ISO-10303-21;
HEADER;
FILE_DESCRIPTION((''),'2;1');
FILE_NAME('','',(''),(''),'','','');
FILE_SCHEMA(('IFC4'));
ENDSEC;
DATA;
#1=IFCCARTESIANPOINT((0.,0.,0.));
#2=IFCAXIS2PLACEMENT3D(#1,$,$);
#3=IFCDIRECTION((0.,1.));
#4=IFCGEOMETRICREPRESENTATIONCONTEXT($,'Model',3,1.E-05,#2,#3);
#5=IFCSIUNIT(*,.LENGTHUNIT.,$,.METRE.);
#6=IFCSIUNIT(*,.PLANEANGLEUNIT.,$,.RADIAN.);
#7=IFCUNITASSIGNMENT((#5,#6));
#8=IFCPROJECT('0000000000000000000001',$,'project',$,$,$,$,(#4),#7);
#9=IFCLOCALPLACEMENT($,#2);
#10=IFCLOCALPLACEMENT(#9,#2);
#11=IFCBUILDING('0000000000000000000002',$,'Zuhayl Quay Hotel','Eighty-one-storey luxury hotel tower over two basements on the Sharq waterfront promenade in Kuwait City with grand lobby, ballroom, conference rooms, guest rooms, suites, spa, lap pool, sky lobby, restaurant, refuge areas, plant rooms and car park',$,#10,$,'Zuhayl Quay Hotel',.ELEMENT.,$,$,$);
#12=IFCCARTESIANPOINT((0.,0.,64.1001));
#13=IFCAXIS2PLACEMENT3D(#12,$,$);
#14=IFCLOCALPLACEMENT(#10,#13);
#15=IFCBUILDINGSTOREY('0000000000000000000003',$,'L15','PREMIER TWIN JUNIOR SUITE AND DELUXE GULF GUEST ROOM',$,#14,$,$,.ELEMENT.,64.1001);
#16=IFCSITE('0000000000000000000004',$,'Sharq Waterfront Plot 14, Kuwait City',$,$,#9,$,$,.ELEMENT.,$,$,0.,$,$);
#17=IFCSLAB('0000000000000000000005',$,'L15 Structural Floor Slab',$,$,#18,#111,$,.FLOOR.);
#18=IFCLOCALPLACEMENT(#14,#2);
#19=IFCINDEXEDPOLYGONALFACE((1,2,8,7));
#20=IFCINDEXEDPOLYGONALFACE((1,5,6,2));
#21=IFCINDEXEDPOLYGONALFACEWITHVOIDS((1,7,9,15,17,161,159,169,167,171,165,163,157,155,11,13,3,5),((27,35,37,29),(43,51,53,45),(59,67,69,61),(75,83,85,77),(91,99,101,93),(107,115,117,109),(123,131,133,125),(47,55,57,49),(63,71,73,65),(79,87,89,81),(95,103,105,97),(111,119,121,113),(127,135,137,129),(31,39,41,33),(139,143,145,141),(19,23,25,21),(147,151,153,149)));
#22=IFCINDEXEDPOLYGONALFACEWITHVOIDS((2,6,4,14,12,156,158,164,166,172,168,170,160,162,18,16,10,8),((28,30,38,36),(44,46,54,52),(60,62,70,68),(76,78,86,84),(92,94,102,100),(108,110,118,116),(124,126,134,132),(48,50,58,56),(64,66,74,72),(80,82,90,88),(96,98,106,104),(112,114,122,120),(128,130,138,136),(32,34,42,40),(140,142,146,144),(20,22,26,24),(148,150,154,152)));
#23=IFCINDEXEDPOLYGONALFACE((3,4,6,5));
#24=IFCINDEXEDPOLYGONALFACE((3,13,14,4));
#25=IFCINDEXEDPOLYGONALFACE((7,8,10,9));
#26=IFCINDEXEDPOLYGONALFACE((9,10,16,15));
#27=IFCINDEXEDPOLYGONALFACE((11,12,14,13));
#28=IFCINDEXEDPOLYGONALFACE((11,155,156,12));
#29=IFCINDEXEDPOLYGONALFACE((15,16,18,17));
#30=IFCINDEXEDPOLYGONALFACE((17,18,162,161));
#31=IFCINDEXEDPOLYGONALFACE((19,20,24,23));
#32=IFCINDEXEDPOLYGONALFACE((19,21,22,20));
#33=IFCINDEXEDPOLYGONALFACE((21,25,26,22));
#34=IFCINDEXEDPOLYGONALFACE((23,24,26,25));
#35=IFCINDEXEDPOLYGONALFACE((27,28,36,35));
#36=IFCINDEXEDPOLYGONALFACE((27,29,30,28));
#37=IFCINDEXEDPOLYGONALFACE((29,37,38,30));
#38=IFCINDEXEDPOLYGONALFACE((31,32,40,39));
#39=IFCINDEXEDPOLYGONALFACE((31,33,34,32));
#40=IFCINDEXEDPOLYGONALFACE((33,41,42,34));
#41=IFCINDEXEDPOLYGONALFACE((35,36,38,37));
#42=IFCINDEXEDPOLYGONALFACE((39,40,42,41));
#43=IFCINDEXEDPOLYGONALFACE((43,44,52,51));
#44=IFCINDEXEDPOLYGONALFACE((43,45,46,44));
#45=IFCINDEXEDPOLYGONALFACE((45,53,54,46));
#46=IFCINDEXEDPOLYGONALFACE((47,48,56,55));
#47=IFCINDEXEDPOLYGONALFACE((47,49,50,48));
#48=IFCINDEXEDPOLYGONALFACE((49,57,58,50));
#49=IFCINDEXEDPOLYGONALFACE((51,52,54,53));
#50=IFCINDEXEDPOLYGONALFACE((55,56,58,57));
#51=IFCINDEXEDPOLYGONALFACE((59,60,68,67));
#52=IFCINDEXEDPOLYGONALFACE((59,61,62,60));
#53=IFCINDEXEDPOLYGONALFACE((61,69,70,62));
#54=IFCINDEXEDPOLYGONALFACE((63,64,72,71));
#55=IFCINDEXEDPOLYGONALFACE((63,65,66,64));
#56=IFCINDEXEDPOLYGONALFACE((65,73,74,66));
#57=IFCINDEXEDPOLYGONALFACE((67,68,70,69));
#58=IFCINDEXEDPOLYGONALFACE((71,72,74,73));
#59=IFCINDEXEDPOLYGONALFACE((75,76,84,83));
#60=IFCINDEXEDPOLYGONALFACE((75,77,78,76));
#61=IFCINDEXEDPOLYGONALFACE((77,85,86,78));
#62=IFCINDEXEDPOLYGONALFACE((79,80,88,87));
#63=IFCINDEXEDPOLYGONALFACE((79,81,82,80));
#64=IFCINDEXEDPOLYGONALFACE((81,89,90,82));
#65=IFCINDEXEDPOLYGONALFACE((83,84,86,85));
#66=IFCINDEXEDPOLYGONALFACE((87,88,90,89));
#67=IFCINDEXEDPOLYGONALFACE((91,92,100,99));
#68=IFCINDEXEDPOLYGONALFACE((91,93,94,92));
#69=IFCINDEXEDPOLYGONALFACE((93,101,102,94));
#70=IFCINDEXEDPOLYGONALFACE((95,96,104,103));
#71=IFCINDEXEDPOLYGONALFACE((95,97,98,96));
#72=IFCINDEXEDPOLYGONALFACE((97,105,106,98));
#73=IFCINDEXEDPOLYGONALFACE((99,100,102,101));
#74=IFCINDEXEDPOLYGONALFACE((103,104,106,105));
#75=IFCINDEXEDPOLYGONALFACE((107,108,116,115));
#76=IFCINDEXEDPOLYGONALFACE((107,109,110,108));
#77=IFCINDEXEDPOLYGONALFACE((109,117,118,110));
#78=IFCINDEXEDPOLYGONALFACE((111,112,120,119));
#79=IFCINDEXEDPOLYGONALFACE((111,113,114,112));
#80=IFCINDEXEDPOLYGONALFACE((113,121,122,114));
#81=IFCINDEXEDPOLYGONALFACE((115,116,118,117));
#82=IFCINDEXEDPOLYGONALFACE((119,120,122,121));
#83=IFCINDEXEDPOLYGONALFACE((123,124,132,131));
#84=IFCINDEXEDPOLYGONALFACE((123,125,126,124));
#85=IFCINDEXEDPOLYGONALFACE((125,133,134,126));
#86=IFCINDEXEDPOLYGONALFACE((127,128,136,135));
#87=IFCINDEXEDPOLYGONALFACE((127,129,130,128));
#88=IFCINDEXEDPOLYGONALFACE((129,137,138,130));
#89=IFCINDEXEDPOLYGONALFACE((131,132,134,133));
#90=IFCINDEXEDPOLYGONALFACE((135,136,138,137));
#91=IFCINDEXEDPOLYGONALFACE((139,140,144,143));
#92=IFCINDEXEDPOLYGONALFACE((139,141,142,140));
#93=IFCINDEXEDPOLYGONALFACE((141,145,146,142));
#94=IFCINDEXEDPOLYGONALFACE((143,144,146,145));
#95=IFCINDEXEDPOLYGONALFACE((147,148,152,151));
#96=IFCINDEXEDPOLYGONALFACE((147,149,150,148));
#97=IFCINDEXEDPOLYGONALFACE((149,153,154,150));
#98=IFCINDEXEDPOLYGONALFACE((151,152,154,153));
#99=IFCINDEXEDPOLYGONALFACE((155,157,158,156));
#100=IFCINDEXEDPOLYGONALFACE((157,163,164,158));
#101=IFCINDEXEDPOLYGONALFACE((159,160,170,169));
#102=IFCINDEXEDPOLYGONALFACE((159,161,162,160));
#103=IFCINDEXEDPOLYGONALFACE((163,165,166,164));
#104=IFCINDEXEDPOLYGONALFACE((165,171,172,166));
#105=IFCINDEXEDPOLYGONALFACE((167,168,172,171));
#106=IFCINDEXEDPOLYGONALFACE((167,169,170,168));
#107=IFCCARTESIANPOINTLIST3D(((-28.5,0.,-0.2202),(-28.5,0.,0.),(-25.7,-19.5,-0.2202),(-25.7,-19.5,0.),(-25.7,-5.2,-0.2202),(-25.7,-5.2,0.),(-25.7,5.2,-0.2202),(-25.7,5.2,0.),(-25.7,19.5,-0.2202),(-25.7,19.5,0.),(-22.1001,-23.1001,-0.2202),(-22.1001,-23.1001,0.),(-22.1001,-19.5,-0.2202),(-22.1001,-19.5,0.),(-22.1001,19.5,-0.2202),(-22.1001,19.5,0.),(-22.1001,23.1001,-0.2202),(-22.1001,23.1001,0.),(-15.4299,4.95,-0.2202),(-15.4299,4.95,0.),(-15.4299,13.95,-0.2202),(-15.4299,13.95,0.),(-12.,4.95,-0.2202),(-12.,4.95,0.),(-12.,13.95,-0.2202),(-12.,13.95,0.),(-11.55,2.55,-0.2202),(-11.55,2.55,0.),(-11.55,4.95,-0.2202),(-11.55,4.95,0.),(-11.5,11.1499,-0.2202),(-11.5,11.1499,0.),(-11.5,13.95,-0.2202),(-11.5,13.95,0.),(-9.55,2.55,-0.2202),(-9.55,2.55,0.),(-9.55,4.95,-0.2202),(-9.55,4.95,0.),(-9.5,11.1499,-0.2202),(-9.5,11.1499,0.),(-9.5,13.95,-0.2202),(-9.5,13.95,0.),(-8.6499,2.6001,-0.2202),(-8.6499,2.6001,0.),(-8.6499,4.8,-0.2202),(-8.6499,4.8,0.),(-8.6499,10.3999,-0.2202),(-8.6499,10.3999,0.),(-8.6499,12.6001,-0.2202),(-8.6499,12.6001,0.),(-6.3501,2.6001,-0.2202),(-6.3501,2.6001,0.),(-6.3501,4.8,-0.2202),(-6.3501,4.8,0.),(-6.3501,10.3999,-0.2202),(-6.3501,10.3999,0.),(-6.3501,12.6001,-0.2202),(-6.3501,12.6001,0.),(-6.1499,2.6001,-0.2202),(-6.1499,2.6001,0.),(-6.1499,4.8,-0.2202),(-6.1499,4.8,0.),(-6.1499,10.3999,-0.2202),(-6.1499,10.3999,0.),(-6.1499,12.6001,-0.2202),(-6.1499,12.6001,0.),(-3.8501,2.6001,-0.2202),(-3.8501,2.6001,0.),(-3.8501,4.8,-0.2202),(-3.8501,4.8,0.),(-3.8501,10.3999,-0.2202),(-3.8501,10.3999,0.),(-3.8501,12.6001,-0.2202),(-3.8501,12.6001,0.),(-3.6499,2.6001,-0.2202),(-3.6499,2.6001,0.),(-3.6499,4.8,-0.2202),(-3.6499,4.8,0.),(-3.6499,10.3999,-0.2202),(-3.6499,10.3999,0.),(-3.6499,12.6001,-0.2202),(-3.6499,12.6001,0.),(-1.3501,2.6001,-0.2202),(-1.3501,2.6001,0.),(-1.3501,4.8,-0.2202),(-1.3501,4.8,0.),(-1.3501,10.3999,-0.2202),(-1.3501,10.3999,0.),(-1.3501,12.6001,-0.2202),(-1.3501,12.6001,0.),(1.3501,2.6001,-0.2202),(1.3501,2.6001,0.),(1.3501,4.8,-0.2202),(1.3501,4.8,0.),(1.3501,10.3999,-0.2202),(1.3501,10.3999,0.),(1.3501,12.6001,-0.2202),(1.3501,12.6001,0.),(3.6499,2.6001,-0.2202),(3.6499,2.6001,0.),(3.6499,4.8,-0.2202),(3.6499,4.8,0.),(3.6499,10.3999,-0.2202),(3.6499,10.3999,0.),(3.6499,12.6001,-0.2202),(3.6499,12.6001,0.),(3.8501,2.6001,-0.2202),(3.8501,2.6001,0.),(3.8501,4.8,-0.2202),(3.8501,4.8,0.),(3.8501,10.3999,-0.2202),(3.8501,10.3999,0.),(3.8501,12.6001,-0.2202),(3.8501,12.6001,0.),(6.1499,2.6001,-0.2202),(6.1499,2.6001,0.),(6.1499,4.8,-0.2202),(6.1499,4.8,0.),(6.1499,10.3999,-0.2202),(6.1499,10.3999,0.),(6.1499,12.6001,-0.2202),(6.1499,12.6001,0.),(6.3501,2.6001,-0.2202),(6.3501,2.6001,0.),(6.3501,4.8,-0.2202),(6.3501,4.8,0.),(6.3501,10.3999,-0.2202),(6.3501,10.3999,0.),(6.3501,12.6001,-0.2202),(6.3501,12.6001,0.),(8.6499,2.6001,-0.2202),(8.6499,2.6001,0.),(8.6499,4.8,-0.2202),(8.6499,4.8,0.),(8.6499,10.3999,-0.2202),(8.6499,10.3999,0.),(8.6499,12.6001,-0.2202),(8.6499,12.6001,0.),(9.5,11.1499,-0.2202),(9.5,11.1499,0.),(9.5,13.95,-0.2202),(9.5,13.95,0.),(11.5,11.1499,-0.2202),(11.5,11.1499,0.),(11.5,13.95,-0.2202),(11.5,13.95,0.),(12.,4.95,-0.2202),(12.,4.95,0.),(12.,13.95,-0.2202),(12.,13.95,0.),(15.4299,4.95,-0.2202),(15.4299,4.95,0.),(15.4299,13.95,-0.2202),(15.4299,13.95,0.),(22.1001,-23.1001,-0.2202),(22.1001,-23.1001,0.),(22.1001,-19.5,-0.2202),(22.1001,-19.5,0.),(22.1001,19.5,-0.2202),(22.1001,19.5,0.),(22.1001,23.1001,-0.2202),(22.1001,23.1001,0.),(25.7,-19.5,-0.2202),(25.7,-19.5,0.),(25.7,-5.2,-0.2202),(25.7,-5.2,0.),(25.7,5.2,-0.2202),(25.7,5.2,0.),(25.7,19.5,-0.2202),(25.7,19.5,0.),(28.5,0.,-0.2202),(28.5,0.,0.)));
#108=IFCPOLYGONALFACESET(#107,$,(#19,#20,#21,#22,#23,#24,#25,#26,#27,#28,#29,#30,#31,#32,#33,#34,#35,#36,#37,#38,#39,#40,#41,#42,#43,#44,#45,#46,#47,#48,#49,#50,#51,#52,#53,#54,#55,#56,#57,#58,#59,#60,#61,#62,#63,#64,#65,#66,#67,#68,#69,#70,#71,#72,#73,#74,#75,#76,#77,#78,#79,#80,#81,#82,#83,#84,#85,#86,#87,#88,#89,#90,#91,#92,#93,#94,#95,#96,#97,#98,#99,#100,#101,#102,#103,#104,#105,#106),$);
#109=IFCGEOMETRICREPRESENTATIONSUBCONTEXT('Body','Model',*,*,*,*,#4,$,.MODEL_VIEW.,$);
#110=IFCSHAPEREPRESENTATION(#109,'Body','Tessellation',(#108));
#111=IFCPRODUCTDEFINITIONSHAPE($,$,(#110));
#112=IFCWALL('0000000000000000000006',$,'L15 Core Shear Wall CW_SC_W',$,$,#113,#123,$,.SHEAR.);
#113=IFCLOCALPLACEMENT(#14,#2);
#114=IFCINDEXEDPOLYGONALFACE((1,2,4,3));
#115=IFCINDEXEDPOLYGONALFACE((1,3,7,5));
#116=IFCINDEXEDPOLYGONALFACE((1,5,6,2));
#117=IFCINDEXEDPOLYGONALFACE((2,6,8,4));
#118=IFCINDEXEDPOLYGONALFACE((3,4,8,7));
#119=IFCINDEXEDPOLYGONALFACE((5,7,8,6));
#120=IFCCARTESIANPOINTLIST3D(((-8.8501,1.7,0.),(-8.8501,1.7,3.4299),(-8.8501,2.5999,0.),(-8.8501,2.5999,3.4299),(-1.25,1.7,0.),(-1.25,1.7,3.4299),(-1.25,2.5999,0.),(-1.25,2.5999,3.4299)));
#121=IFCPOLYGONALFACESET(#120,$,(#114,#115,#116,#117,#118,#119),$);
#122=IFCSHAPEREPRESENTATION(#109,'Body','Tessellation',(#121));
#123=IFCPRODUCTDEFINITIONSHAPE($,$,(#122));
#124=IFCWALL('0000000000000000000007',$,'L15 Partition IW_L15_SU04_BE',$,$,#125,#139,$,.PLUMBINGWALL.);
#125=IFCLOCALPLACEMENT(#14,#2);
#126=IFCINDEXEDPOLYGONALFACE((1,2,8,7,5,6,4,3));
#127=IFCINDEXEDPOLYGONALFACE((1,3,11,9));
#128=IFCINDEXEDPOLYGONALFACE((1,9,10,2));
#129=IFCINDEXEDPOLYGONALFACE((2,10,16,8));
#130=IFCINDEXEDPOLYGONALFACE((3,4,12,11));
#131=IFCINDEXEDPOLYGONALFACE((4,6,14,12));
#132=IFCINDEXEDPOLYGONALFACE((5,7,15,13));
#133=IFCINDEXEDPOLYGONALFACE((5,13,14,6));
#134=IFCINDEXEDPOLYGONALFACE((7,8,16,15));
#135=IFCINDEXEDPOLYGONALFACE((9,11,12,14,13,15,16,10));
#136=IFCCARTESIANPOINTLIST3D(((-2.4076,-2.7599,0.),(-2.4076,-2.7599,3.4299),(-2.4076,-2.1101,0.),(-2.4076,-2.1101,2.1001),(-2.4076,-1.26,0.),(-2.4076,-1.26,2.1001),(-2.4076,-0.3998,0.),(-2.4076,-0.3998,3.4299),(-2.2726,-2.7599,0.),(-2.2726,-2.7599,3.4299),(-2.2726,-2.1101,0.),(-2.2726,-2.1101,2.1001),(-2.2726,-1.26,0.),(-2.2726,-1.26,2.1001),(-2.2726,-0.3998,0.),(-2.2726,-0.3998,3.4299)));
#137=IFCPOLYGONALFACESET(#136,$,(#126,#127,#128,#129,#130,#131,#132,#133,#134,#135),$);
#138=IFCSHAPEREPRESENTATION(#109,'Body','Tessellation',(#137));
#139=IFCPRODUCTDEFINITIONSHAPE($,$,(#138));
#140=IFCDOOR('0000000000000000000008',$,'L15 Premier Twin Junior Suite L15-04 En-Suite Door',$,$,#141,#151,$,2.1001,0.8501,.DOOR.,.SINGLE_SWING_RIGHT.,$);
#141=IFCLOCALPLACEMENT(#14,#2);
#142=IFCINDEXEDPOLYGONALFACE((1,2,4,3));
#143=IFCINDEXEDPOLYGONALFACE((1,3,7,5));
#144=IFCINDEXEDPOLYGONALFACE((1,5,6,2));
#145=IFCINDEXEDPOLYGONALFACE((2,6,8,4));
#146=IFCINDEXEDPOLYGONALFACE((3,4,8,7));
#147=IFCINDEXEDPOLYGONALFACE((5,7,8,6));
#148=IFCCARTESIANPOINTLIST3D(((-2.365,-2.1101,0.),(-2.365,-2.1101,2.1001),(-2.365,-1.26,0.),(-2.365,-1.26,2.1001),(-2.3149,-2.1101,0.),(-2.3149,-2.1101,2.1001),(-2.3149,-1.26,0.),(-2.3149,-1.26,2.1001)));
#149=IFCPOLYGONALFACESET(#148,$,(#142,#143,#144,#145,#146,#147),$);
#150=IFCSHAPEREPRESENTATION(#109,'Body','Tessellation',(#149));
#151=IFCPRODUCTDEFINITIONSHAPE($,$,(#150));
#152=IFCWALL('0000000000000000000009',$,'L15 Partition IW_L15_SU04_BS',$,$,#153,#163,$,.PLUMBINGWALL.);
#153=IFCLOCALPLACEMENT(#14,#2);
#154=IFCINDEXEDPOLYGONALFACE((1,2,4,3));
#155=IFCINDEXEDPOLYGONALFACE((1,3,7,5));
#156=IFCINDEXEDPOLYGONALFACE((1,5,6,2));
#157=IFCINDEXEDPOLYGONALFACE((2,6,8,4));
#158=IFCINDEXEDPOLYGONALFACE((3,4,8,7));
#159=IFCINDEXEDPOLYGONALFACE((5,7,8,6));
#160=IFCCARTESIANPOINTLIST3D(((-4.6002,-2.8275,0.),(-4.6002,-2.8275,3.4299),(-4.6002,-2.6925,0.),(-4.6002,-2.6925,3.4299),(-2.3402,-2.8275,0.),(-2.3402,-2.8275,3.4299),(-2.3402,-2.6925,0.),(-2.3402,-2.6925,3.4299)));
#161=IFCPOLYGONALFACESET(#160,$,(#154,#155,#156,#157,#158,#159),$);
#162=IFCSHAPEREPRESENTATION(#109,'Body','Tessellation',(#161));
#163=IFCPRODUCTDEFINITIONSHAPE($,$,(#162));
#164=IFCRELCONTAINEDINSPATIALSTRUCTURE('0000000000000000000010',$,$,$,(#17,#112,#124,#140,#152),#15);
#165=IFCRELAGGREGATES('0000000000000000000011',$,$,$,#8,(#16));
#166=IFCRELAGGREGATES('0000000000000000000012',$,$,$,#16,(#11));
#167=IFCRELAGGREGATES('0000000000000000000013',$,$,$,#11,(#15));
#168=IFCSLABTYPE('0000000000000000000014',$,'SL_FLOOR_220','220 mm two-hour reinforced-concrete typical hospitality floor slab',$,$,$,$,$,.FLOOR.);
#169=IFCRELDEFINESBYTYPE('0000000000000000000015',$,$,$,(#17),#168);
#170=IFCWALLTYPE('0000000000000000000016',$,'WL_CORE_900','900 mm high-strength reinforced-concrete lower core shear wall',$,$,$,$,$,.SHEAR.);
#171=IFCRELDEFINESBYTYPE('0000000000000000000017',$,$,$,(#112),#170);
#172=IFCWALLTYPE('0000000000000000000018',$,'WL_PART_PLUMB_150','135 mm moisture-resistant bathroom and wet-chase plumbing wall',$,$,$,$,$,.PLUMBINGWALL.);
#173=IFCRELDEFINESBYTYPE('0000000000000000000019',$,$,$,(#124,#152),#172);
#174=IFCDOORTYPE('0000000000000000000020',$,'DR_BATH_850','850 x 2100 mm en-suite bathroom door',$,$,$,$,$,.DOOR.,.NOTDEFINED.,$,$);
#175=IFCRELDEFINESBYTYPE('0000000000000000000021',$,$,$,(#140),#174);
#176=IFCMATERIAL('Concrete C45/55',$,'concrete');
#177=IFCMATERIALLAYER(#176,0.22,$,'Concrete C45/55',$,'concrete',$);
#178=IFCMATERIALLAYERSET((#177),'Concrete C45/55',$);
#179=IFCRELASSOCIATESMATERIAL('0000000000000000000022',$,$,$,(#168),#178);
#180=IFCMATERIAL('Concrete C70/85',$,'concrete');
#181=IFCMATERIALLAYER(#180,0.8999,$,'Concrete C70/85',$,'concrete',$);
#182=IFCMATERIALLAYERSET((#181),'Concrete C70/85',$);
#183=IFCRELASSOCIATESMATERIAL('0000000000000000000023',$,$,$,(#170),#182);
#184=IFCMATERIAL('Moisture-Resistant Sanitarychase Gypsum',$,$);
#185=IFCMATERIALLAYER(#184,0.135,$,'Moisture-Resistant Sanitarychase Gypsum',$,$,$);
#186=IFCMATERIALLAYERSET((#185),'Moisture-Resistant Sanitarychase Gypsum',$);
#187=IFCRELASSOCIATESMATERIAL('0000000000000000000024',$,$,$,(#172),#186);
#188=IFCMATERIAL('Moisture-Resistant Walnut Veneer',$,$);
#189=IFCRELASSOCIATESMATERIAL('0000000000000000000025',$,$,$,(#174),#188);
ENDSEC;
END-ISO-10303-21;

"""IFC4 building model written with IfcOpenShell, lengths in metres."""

from ifc_helpers import new_model, si_unit, direction, frame, frame_2d, origin, place, context, subcontext, project, spatial, polyline, rectangle, outline, extrude, material, layer, layer_set, type_object, element, fill, save


model = new_model("IFC4")

# Units and contexts
model_context = context("Model", 3, precision=1e-05, world=origin(), true_north=direction((0.0, 1.0)))
body_context = subcontext(model_context, "Body", "Model", "MODEL_VIEW")
ifc_project = project(units=[si_unit("LENGTHUNIT", "METRE"), si_unit("PLANEANGLEUNIT", "RADIAN")], contexts=[model_context])

# Site, building, storey
site_placement = place(None, origin())
site = spatial("IfcSite", under=ifc_project, at=site_placement, Name="Sharq Waterfront Plot 14, Kuwait City", CompositionType="ELEMENT", RefElevation=0.0)
building_placement = place(site_placement, origin())
building = spatial("IfcBuilding", under=site, at=building_placement, Name="Zuhayl Quay Hotel", Description="Eighty-one-storey luxury hotel tower over two basements on the Sharq waterfront promenade in Kuwait City with grand lobby, ballroom, conference rooms, guest rooms, suites, spa, lap pool, sky lobby, restaurant, refuge areas, plant rooms and car park", LongName="Zuhayl Quay Hotel", CompositionType="ELEMENT")
storey_placement = place(building_placement, frame((0.0, 0.0, 64.1001)))
storey = spatial("IfcBuildingStorey", under=building, at=storey_placement, Name="L15", Description="PREMIER TWIN JUNIOR SUITE AND DELUXE GULF GUEST ROOM", CompositionType="ELEMENT", Elevation=64.1001)

# Shared definitions
ifc_material_1 = material(Name="Concrete C70/85", Category="concrete")

# Slab
ifc_material_2 = material(Name="Concrete C45/55", Category="concrete")
ifc_layer_1 = layer(ifc_material_2, 0.22, Name="Concrete C45/55", Category="concrete")
ifc_layer_set_1 = layer_set([ifc_layer_1], Name="Concrete C45/55")
slab_type = type_object("IfcSlabType", Name="SL_FLOOR_220", Description="220 mm two-hour reinforced-concrete typical hospitality floor slab", PredefinedType="FLOOR", material=ifc_layer_set_1)
slab_placement = place(storey_placement, frame((0.0, 0.0, -0.2202)))
element("IfcSlab", 1, at=slab_placement, inside=storey, type_object=slab_type, Name="L15 Structural Floor Slab", PredefinedType="FLOOR", context=body_context, shape_type="SweptSolid", body=[
    extrude(outline(polyline([(-22.1001, -23.1001), (22.1001, -23.1001), (22.1001, -19.5), (25.7, -19.5), (25.7, -5.2), (28.5, 0.0), (25.7, 5.2), (25.7, 19.5), (22.1001, 19.5), (22.1001, 23.1001), (-22.1001, 23.1001), (-22.1001, 19.5), (-25.7, 19.5), (-25.7, 5.2), (-28.5, 0.0), (-25.7, -5.2), (-25.7, -19.5), (-22.1001, -19.5), (-22.1001, -23.1001)]), holes=[polyline([(-12.0, 4.95), (-12.0, 13.95), (-15.4299, 13.95), (-15.4299, 4.95), (-12.0, 4.95)]), polyline([(15.4299, 4.95), (15.4299, 13.95), (12.0, 13.95), (12.0, 4.95), (15.4299, 4.95)]), polyline([(-11.5, 11.1499), (-9.5, 11.1499), (-9.5, 13.95), (-11.5, 13.95), (-11.5, 11.1499)]), polyline([(9.5, 11.1499), (11.5, 11.1499), (11.5, 13.95), (9.5, 13.95), (9.5, 11.1499)]), polyline([(-8.6499, 2.6001), (-6.3501, 2.6001), (-6.3501, 4.8), (-8.6499, 4.8), (-8.6499, 2.6001)]), polyline([(-6.1499, 2.6001), (-3.8501, 2.6001), (-3.8501, 4.8), (-6.1499, 4.8), (-6.1499, 2.6001)]), polyline([(-8.6499, 10.3999), (-6.3501, 10.3999), (-6.3501, 12.6001), (-8.6499, 12.6001), (-8.6499, 10.3999)]), polyline([(-6.1499, 10.3999), (-3.8501, 10.3999), (-3.8501, 12.6001), (-6.1499, 12.6001), (-6.1499, 10.3999)]), polyline([(-3.6499, 2.6001), (-1.3501, 2.6001), (-1.3501, 4.8), (-3.6499, 4.8), (-3.6499, 2.6001)]), polyline([(1.3501, 2.6001), (3.6499, 2.6001), (3.6499, 4.8), (1.3501, 4.8), (1.3501, 2.6001)]), polyline([(-3.6499, 10.3999), (-1.3501, 10.3999), (-1.3501, 12.6001), (-3.6499, 12.6001), (-3.6499, 10.3999)]), polyline([(1.3501, 10.3999), (3.6499, 10.3999), (3.6499, 12.6001), (1.3501, 12.6001), (1.3501, 10.3999)]), polyline([(3.8501, 2.6001), (6.1499, 2.6001), (6.1499, 4.8), (3.8501, 4.8), (3.8501, 2.6001)]), polyline([(6.3501, 2.6001), (8.6499, 2.6001), (8.6499, 4.8), (6.3501, 4.8), (6.3501, 2.6001)]), polyline([(3.8501, 10.3999), (6.1499, 10.3999), (6.1499, 12.6001), (3.8501, 12.6001), (3.8501, 10.3999)]), polyline([(6.3501, 10.3999), (8.6499, 10.3999), (8.6499, 12.6001), (6.3501, 12.6001), (6.3501, 10.3999)]), polyline([(-11.55, 2.55), (-9.55, 2.55), (-9.55, 4.95), (-11.55, 4.95), (-11.55, 2.55)])]), origin(), (0.0, 0.0, 1.0), 0.2202),
])

# Wall
ifc_layer_2 = layer(ifc_material_1, 0.8999, Name="Concrete C70/85", Category="concrete")
ifc_layer_set_2 = layer_set([ifc_layer_2], Name="Concrete C70/85")
wall_type_1 = type_object("IfcWallType", Name="WL_CORE_900", Description="900 mm high-strength reinforced-concrete lower core shear wall", PredefinedType="SHEAR", material=ifc_layer_set_2)
wall_1_placement = place(storey_placement, frame((-8.8501, 2.1499, 0.0), z_axis=(0.0, 0.0, 1.0), x_axis=(1.0, 0.0, 0.0)))
element("IfcWall", 2, at=wall_1_placement, inside=storey, type_object=wall_type_1, Name="L15 Core Shear Wall CW_SC_W", PredefinedType="SHEAR", context=body_context, shape_type="SweptSolid", body=[
    extrude(rectangle(XDim=7.6001, YDim=0.8999, at=frame_2d((3.8, 0.0))), origin(), (0.0, 0.0, 1.0), 3.4299),
])

# Wall, opening, door
ifc_material_3 = material(Name="Moisture-Resistant Sanitarychase Gypsum")
ifc_layer_3 = layer(ifc_material_3, 0.135, Name="Moisture-Resistant Sanitarychase Gypsum")
ifc_layer_set_3 = layer_set([ifc_layer_3], Name="Moisture-Resistant Sanitarychase Gypsum")
wall_type_2 = type_object("IfcWallType", Name="WL_PART_PLUMB_150", Description="135 mm moisture-resistant bathroom and wet-chase plumbing wall", PredefinedType="PLUMBINGWALL", material=ifc_layer_set_3)
wall_2_placement = place(storey_placement, frame((-2.3401, -2.76, 0.0), z_axis=(0.0, 0.0, 1.0), x_axis=(0.0, 1.0, 0.0)))
wall_2 = element("IfcWall", 3, at=wall_2_placement, inside=storey, type_object=wall_type_2, Name="L15 Partition IW_L15_SU04_BE", PredefinedType="PLUMBINGWALL", context=body_context, shape_type="SweptSolid", body=[
    extrude(rectangle(XDim=2.3601, YDim=0.135, at=frame_2d((1.1802, 0.0))), origin(), (0.0, 0.0, 1.0), 3.4299),
])
opening_1_placement = place(wall_2_placement, frame((0.6499, 0.0, 0.0)))
opening_1 = element("IfcOpeningElement", 4, at=opening_1_placement, cuts=wall_2, PredefinedType="OPENING", context=body_context, shape_type="SweptSolid", body=[
    extrude(rectangle(XDim=0.8501, YDim=2.1001, at=frame_2d((0.425, 1.05))), frame((0.0, 0.0774, 0.0), z_axis=(0.0, -1.0, 0.0), x_axis=(1.0, 0.0, 0.0)), (0.0, 0.0, 1.0), 0.155),
])
ifc_material_4 = material(Name="Moisture-Resistant Walnut Veneer")
door_type_1 = type_object("IfcDoorType", Name="DR_BATH_850", Description="850 x 2100 mm en-suite bathroom door", OperationType="NOTDEFINED", PredefinedType="DOOR", material=ifc_material_4)
door_1_placement = place(opening_1_placement, origin())
door_1 = element("IfcDoor", 5, at=door_1_placement, inside=storey, type_object=door_type_1, Name="L15 Premier Twin Junior Suite L15-04 En-Suite Door", OperationType="SINGLE_SWING_RIGHT", OverallHeight=2.1001, OverallWidth=0.8501, PredefinedType="DOOR", context=body_context, shape_type="SweptSolid", body=[
    extrude(rectangle(XDim=0.8501, YDim=2.1001, at=frame_2d((0.425, 1.05))), frame((0.0, 0.0249, 0.0), z_axis=(0.0, -1.0, 0.0), x_axis=(1.0, 0.0, 0.0)), (0.0, 0.0, 1.0), 0.05),
])
fill(opening_1, door_1)

# Wall
wall_3_placement = place(storey_placement, frame((-4.6001, -2.76, 0.0), z_axis=(0.0, 0.0, 1.0), x_axis=(1.0, 0.0, 0.0)))
element("IfcWall", 6, at=wall_3_placement, inside=storey, type_object=wall_type_2, Name="L15 Partition IW_L15_SU04_BS", PredefinedType="PLUMBINGWALL", context=body_context, shape_type="SweptSolid", body=[
    extrude(rectangle(XDim=2.26, YDim=0.135, at=frame_2d((1.1299, 0.0))), origin(), (0.0, 0.0, 1.0), 3.4299),
])

save(model, "model.ifc")
